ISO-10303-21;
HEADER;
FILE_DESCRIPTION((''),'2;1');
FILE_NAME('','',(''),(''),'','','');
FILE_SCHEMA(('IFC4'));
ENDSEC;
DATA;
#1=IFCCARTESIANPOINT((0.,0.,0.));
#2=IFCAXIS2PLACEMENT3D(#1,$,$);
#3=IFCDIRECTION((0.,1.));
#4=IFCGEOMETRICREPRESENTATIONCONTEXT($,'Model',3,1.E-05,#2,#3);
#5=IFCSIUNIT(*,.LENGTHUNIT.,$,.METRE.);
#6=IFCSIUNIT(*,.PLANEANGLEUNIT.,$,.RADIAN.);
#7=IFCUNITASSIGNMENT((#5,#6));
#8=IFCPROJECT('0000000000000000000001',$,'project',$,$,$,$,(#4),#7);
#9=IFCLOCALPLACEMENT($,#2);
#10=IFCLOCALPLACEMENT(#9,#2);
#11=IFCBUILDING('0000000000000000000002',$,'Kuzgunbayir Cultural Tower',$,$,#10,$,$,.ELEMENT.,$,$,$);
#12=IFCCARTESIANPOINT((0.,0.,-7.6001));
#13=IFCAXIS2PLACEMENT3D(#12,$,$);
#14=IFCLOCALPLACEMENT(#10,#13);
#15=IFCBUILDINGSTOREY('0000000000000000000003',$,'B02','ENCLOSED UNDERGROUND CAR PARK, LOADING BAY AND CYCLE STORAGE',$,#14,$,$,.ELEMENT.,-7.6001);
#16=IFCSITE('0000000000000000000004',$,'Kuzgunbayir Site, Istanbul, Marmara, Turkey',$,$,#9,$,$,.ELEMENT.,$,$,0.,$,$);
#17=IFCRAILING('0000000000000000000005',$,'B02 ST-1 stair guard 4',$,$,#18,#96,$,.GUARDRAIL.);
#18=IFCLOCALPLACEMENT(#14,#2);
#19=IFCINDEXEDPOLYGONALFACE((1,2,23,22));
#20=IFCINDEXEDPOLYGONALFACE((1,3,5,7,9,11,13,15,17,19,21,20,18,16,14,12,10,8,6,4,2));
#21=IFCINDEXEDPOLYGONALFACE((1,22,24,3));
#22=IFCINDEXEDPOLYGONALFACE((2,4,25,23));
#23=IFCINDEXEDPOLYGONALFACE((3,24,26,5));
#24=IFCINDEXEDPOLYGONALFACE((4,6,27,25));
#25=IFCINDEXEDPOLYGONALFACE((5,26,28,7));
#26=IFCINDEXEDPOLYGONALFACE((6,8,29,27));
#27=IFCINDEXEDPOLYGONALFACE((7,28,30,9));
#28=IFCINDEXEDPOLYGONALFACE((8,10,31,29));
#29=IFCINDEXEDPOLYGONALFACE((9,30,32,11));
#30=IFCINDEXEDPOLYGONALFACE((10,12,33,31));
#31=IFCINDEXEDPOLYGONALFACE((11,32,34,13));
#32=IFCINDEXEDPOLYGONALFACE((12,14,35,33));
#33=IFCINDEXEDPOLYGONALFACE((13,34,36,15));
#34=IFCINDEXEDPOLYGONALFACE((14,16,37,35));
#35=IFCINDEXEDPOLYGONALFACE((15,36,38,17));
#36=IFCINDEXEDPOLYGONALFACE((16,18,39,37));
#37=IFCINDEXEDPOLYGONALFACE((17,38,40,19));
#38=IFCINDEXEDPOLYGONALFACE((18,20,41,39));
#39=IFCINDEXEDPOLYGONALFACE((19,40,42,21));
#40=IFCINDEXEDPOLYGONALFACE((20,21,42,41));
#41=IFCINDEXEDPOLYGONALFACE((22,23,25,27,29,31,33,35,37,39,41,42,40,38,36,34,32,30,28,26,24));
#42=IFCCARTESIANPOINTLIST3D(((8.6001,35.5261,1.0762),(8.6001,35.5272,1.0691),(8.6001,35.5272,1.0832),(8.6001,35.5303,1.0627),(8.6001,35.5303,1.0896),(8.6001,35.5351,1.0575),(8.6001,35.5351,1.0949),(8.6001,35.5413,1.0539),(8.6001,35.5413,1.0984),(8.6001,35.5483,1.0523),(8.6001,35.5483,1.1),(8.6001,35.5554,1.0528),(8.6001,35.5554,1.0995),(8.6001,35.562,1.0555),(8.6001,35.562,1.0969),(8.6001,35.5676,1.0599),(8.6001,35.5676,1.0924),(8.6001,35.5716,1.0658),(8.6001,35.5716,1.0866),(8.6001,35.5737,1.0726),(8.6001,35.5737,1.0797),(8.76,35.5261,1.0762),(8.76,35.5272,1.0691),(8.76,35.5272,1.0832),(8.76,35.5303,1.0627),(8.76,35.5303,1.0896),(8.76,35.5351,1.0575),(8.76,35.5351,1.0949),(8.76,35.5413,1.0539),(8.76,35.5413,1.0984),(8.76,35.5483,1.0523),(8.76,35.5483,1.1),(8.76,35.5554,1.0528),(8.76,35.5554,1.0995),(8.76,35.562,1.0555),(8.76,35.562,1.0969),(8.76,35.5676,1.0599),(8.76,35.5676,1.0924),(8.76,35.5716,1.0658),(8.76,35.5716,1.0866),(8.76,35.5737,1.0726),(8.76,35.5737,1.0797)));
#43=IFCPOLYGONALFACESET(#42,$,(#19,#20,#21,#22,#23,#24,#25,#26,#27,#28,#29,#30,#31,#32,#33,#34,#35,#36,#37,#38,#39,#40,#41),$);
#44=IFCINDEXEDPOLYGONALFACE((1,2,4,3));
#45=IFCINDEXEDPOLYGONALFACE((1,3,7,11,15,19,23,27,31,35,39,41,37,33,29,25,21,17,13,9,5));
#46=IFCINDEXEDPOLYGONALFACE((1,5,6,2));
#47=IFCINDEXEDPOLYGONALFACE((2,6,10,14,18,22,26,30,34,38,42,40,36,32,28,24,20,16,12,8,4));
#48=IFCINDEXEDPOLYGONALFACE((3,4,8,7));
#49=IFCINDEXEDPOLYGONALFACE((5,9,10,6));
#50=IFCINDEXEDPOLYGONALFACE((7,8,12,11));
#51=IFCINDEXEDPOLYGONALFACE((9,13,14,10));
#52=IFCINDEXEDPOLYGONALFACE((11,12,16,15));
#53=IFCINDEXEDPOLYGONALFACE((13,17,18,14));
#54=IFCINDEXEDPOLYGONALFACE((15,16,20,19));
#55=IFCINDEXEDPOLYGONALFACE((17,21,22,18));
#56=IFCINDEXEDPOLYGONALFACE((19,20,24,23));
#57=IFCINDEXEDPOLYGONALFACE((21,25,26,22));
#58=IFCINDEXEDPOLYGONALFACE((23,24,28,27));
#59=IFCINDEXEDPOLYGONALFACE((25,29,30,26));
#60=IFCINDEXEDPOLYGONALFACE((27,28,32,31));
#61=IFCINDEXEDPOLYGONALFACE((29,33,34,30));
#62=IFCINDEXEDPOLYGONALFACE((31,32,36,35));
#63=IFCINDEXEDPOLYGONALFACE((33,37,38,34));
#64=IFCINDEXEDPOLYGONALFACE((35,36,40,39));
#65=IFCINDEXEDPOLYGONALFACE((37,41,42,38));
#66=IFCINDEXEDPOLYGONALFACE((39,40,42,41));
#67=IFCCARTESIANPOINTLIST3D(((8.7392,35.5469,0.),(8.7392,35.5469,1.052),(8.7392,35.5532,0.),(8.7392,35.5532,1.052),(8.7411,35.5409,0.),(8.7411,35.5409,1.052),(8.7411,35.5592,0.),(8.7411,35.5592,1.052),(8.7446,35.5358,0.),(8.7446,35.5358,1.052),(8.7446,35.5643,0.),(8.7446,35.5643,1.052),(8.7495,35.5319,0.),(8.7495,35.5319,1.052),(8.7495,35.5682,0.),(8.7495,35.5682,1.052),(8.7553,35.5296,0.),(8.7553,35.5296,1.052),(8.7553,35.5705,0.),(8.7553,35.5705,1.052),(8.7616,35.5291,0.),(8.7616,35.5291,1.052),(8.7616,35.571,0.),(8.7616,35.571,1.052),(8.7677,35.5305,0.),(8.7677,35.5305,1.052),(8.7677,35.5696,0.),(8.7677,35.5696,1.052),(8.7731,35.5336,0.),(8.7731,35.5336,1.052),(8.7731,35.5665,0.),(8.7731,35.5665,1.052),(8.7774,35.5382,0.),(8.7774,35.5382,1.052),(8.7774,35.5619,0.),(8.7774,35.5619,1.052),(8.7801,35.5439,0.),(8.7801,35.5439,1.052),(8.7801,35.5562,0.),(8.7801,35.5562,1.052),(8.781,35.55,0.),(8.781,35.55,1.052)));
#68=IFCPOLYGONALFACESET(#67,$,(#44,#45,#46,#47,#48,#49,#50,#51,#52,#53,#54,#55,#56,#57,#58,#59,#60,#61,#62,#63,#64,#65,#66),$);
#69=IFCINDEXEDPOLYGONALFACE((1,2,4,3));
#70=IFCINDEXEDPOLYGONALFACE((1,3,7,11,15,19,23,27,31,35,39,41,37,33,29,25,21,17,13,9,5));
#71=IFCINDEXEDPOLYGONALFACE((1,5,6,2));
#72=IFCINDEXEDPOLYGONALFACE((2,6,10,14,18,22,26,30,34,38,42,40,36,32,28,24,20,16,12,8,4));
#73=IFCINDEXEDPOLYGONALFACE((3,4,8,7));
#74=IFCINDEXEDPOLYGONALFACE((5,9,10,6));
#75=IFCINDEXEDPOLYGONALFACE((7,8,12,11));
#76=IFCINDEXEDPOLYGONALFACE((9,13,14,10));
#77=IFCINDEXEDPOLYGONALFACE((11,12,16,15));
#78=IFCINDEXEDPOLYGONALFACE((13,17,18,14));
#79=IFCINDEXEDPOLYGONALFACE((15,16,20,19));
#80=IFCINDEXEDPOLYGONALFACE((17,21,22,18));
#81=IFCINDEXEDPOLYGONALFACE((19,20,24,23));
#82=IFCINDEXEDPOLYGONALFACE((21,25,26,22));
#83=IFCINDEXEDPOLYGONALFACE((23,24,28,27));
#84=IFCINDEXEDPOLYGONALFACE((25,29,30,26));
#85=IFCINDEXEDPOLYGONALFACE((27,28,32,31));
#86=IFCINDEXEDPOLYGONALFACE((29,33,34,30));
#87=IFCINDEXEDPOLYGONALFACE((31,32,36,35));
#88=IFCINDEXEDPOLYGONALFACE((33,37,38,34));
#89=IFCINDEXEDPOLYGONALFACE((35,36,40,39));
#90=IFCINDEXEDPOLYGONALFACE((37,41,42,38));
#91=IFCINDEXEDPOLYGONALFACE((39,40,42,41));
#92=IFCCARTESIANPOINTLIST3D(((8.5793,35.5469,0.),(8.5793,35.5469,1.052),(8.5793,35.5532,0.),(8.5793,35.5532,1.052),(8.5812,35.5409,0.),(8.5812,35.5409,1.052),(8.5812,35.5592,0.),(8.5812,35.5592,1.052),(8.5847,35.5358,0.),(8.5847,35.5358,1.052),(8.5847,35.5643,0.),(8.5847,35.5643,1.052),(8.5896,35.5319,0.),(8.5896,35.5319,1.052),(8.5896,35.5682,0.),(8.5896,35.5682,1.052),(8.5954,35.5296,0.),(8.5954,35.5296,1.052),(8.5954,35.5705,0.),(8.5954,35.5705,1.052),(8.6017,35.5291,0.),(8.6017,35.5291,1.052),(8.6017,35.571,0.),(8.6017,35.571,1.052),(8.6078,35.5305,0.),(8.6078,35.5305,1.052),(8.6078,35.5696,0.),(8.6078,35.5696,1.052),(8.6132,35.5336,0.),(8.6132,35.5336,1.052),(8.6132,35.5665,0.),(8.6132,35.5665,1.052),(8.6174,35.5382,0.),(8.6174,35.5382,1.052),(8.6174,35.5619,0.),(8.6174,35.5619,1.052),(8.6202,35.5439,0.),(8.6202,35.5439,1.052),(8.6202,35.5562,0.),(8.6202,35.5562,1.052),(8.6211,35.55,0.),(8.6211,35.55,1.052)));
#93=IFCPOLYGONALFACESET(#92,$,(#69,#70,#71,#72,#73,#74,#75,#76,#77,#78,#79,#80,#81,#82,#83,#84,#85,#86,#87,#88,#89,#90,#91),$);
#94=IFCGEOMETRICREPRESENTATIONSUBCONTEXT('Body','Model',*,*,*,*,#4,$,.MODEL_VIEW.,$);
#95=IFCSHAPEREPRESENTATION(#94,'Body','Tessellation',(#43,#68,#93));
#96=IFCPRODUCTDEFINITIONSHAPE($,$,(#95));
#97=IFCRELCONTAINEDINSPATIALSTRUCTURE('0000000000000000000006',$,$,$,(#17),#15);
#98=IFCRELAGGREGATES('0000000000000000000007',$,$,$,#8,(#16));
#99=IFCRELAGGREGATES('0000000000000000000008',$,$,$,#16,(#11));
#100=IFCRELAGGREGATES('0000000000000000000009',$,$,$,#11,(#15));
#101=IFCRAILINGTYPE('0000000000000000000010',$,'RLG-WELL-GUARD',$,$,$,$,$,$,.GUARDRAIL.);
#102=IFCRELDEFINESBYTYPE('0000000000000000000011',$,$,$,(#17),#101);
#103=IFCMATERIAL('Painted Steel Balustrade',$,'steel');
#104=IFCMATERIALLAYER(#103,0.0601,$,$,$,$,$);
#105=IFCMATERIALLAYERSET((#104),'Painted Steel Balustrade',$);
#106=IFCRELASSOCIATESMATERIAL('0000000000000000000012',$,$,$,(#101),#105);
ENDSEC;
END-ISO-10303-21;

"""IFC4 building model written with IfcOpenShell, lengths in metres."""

from ifc_helpers import new_model, si_unit, direction, frame, origin, origin_2d, place, context, subcontext, project, spatial, circle, extrude, material, layer, layer_set, type_object, element, save


model = new_model("IFC4")

# Units and contexts
model_context = context("Model", 3, precision=1e-05, world=origin(), true_north=direction((0.0, 1.0)))
body_context = subcontext(model_context, "Body", "Model", "MODEL_VIEW")
ifc_project = project(units=[si_unit("LENGTHUNIT", "METRE"), si_unit("PLANEANGLEUNIT", "RADIAN")], contexts=[model_context])

# Site, building, storey
site_placement = place(None, origin())
site = spatial("IfcSite", under=ifc_project, at=site_placement, Name="Kuzgunbayir Site, Istanbul, Marmara, Turkey", CompositionType="ELEMENT", RefElevation=0.0)
building_placement = place(site_placement, origin())
building = spatial("IfcBuilding", under=site, at=building_placement, Name="Kuzgunbayir Cultural Tower", CompositionType="ELEMENT")
storey_placement = place(building_placement, frame((0.0, 0.0, -7.6001)))
storey = spatial("IfcBuildingStorey", under=building, at=storey_placement, Name="B02", Description="ENCLOSED UNDERGROUND CAR PARK, LOADING BAY AND CYCLE STORAGE", CompositionType="ELEMENT", Elevation=-7.6001)

# Railing
ifc_material_1 = material(Name="Painted Steel Balustrade", Category="steel")
ifc_layer_1 = layer(ifc_material_1, 0.0601)
ifc_layer_set_1 = layer_set([ifc_layer_1], Name="Painted Steel Balustrade")
railing_type_1 = type_object("IfcRailingType", Name="RLG-WELL-GUARD", PredefinedType="GUARDRAIL", material=ifc_layer_set_1)
railing_1_placement = place(storey_placement, frame((8.76, 35.55, 0.0)))
element("IfcRailing", 1, at=railing_1_placement, inside=storey, type_object=railing_type_1, Name="B02 ST-1 stair guard 4", PredefinedType="GUARDRAIL", context=body_context, shape_type="SweptSolid", body=[
    extrude(circle(Radius=0.0239, at=origin_2d()), frame((0.0, 0.0, 1.0762), z_axis=(-1.0, 0.0, 0.0), x_axis=(0.0, -1.0, 0.0)), (0.0, 0.0, 1.0), 0.1599),
    extrude(circle(Radius=0.021, at=origin_2d()), origin(), (0.0, 0.0, 1.0), 1.052),
    extrude(circle(Radius=0.021, at=origin_2d()), frame((-0.1599, 0.0, 0.0)), (0.0, 0.0, 1.0), 1.052),
])

save(model, "model.ifc")
